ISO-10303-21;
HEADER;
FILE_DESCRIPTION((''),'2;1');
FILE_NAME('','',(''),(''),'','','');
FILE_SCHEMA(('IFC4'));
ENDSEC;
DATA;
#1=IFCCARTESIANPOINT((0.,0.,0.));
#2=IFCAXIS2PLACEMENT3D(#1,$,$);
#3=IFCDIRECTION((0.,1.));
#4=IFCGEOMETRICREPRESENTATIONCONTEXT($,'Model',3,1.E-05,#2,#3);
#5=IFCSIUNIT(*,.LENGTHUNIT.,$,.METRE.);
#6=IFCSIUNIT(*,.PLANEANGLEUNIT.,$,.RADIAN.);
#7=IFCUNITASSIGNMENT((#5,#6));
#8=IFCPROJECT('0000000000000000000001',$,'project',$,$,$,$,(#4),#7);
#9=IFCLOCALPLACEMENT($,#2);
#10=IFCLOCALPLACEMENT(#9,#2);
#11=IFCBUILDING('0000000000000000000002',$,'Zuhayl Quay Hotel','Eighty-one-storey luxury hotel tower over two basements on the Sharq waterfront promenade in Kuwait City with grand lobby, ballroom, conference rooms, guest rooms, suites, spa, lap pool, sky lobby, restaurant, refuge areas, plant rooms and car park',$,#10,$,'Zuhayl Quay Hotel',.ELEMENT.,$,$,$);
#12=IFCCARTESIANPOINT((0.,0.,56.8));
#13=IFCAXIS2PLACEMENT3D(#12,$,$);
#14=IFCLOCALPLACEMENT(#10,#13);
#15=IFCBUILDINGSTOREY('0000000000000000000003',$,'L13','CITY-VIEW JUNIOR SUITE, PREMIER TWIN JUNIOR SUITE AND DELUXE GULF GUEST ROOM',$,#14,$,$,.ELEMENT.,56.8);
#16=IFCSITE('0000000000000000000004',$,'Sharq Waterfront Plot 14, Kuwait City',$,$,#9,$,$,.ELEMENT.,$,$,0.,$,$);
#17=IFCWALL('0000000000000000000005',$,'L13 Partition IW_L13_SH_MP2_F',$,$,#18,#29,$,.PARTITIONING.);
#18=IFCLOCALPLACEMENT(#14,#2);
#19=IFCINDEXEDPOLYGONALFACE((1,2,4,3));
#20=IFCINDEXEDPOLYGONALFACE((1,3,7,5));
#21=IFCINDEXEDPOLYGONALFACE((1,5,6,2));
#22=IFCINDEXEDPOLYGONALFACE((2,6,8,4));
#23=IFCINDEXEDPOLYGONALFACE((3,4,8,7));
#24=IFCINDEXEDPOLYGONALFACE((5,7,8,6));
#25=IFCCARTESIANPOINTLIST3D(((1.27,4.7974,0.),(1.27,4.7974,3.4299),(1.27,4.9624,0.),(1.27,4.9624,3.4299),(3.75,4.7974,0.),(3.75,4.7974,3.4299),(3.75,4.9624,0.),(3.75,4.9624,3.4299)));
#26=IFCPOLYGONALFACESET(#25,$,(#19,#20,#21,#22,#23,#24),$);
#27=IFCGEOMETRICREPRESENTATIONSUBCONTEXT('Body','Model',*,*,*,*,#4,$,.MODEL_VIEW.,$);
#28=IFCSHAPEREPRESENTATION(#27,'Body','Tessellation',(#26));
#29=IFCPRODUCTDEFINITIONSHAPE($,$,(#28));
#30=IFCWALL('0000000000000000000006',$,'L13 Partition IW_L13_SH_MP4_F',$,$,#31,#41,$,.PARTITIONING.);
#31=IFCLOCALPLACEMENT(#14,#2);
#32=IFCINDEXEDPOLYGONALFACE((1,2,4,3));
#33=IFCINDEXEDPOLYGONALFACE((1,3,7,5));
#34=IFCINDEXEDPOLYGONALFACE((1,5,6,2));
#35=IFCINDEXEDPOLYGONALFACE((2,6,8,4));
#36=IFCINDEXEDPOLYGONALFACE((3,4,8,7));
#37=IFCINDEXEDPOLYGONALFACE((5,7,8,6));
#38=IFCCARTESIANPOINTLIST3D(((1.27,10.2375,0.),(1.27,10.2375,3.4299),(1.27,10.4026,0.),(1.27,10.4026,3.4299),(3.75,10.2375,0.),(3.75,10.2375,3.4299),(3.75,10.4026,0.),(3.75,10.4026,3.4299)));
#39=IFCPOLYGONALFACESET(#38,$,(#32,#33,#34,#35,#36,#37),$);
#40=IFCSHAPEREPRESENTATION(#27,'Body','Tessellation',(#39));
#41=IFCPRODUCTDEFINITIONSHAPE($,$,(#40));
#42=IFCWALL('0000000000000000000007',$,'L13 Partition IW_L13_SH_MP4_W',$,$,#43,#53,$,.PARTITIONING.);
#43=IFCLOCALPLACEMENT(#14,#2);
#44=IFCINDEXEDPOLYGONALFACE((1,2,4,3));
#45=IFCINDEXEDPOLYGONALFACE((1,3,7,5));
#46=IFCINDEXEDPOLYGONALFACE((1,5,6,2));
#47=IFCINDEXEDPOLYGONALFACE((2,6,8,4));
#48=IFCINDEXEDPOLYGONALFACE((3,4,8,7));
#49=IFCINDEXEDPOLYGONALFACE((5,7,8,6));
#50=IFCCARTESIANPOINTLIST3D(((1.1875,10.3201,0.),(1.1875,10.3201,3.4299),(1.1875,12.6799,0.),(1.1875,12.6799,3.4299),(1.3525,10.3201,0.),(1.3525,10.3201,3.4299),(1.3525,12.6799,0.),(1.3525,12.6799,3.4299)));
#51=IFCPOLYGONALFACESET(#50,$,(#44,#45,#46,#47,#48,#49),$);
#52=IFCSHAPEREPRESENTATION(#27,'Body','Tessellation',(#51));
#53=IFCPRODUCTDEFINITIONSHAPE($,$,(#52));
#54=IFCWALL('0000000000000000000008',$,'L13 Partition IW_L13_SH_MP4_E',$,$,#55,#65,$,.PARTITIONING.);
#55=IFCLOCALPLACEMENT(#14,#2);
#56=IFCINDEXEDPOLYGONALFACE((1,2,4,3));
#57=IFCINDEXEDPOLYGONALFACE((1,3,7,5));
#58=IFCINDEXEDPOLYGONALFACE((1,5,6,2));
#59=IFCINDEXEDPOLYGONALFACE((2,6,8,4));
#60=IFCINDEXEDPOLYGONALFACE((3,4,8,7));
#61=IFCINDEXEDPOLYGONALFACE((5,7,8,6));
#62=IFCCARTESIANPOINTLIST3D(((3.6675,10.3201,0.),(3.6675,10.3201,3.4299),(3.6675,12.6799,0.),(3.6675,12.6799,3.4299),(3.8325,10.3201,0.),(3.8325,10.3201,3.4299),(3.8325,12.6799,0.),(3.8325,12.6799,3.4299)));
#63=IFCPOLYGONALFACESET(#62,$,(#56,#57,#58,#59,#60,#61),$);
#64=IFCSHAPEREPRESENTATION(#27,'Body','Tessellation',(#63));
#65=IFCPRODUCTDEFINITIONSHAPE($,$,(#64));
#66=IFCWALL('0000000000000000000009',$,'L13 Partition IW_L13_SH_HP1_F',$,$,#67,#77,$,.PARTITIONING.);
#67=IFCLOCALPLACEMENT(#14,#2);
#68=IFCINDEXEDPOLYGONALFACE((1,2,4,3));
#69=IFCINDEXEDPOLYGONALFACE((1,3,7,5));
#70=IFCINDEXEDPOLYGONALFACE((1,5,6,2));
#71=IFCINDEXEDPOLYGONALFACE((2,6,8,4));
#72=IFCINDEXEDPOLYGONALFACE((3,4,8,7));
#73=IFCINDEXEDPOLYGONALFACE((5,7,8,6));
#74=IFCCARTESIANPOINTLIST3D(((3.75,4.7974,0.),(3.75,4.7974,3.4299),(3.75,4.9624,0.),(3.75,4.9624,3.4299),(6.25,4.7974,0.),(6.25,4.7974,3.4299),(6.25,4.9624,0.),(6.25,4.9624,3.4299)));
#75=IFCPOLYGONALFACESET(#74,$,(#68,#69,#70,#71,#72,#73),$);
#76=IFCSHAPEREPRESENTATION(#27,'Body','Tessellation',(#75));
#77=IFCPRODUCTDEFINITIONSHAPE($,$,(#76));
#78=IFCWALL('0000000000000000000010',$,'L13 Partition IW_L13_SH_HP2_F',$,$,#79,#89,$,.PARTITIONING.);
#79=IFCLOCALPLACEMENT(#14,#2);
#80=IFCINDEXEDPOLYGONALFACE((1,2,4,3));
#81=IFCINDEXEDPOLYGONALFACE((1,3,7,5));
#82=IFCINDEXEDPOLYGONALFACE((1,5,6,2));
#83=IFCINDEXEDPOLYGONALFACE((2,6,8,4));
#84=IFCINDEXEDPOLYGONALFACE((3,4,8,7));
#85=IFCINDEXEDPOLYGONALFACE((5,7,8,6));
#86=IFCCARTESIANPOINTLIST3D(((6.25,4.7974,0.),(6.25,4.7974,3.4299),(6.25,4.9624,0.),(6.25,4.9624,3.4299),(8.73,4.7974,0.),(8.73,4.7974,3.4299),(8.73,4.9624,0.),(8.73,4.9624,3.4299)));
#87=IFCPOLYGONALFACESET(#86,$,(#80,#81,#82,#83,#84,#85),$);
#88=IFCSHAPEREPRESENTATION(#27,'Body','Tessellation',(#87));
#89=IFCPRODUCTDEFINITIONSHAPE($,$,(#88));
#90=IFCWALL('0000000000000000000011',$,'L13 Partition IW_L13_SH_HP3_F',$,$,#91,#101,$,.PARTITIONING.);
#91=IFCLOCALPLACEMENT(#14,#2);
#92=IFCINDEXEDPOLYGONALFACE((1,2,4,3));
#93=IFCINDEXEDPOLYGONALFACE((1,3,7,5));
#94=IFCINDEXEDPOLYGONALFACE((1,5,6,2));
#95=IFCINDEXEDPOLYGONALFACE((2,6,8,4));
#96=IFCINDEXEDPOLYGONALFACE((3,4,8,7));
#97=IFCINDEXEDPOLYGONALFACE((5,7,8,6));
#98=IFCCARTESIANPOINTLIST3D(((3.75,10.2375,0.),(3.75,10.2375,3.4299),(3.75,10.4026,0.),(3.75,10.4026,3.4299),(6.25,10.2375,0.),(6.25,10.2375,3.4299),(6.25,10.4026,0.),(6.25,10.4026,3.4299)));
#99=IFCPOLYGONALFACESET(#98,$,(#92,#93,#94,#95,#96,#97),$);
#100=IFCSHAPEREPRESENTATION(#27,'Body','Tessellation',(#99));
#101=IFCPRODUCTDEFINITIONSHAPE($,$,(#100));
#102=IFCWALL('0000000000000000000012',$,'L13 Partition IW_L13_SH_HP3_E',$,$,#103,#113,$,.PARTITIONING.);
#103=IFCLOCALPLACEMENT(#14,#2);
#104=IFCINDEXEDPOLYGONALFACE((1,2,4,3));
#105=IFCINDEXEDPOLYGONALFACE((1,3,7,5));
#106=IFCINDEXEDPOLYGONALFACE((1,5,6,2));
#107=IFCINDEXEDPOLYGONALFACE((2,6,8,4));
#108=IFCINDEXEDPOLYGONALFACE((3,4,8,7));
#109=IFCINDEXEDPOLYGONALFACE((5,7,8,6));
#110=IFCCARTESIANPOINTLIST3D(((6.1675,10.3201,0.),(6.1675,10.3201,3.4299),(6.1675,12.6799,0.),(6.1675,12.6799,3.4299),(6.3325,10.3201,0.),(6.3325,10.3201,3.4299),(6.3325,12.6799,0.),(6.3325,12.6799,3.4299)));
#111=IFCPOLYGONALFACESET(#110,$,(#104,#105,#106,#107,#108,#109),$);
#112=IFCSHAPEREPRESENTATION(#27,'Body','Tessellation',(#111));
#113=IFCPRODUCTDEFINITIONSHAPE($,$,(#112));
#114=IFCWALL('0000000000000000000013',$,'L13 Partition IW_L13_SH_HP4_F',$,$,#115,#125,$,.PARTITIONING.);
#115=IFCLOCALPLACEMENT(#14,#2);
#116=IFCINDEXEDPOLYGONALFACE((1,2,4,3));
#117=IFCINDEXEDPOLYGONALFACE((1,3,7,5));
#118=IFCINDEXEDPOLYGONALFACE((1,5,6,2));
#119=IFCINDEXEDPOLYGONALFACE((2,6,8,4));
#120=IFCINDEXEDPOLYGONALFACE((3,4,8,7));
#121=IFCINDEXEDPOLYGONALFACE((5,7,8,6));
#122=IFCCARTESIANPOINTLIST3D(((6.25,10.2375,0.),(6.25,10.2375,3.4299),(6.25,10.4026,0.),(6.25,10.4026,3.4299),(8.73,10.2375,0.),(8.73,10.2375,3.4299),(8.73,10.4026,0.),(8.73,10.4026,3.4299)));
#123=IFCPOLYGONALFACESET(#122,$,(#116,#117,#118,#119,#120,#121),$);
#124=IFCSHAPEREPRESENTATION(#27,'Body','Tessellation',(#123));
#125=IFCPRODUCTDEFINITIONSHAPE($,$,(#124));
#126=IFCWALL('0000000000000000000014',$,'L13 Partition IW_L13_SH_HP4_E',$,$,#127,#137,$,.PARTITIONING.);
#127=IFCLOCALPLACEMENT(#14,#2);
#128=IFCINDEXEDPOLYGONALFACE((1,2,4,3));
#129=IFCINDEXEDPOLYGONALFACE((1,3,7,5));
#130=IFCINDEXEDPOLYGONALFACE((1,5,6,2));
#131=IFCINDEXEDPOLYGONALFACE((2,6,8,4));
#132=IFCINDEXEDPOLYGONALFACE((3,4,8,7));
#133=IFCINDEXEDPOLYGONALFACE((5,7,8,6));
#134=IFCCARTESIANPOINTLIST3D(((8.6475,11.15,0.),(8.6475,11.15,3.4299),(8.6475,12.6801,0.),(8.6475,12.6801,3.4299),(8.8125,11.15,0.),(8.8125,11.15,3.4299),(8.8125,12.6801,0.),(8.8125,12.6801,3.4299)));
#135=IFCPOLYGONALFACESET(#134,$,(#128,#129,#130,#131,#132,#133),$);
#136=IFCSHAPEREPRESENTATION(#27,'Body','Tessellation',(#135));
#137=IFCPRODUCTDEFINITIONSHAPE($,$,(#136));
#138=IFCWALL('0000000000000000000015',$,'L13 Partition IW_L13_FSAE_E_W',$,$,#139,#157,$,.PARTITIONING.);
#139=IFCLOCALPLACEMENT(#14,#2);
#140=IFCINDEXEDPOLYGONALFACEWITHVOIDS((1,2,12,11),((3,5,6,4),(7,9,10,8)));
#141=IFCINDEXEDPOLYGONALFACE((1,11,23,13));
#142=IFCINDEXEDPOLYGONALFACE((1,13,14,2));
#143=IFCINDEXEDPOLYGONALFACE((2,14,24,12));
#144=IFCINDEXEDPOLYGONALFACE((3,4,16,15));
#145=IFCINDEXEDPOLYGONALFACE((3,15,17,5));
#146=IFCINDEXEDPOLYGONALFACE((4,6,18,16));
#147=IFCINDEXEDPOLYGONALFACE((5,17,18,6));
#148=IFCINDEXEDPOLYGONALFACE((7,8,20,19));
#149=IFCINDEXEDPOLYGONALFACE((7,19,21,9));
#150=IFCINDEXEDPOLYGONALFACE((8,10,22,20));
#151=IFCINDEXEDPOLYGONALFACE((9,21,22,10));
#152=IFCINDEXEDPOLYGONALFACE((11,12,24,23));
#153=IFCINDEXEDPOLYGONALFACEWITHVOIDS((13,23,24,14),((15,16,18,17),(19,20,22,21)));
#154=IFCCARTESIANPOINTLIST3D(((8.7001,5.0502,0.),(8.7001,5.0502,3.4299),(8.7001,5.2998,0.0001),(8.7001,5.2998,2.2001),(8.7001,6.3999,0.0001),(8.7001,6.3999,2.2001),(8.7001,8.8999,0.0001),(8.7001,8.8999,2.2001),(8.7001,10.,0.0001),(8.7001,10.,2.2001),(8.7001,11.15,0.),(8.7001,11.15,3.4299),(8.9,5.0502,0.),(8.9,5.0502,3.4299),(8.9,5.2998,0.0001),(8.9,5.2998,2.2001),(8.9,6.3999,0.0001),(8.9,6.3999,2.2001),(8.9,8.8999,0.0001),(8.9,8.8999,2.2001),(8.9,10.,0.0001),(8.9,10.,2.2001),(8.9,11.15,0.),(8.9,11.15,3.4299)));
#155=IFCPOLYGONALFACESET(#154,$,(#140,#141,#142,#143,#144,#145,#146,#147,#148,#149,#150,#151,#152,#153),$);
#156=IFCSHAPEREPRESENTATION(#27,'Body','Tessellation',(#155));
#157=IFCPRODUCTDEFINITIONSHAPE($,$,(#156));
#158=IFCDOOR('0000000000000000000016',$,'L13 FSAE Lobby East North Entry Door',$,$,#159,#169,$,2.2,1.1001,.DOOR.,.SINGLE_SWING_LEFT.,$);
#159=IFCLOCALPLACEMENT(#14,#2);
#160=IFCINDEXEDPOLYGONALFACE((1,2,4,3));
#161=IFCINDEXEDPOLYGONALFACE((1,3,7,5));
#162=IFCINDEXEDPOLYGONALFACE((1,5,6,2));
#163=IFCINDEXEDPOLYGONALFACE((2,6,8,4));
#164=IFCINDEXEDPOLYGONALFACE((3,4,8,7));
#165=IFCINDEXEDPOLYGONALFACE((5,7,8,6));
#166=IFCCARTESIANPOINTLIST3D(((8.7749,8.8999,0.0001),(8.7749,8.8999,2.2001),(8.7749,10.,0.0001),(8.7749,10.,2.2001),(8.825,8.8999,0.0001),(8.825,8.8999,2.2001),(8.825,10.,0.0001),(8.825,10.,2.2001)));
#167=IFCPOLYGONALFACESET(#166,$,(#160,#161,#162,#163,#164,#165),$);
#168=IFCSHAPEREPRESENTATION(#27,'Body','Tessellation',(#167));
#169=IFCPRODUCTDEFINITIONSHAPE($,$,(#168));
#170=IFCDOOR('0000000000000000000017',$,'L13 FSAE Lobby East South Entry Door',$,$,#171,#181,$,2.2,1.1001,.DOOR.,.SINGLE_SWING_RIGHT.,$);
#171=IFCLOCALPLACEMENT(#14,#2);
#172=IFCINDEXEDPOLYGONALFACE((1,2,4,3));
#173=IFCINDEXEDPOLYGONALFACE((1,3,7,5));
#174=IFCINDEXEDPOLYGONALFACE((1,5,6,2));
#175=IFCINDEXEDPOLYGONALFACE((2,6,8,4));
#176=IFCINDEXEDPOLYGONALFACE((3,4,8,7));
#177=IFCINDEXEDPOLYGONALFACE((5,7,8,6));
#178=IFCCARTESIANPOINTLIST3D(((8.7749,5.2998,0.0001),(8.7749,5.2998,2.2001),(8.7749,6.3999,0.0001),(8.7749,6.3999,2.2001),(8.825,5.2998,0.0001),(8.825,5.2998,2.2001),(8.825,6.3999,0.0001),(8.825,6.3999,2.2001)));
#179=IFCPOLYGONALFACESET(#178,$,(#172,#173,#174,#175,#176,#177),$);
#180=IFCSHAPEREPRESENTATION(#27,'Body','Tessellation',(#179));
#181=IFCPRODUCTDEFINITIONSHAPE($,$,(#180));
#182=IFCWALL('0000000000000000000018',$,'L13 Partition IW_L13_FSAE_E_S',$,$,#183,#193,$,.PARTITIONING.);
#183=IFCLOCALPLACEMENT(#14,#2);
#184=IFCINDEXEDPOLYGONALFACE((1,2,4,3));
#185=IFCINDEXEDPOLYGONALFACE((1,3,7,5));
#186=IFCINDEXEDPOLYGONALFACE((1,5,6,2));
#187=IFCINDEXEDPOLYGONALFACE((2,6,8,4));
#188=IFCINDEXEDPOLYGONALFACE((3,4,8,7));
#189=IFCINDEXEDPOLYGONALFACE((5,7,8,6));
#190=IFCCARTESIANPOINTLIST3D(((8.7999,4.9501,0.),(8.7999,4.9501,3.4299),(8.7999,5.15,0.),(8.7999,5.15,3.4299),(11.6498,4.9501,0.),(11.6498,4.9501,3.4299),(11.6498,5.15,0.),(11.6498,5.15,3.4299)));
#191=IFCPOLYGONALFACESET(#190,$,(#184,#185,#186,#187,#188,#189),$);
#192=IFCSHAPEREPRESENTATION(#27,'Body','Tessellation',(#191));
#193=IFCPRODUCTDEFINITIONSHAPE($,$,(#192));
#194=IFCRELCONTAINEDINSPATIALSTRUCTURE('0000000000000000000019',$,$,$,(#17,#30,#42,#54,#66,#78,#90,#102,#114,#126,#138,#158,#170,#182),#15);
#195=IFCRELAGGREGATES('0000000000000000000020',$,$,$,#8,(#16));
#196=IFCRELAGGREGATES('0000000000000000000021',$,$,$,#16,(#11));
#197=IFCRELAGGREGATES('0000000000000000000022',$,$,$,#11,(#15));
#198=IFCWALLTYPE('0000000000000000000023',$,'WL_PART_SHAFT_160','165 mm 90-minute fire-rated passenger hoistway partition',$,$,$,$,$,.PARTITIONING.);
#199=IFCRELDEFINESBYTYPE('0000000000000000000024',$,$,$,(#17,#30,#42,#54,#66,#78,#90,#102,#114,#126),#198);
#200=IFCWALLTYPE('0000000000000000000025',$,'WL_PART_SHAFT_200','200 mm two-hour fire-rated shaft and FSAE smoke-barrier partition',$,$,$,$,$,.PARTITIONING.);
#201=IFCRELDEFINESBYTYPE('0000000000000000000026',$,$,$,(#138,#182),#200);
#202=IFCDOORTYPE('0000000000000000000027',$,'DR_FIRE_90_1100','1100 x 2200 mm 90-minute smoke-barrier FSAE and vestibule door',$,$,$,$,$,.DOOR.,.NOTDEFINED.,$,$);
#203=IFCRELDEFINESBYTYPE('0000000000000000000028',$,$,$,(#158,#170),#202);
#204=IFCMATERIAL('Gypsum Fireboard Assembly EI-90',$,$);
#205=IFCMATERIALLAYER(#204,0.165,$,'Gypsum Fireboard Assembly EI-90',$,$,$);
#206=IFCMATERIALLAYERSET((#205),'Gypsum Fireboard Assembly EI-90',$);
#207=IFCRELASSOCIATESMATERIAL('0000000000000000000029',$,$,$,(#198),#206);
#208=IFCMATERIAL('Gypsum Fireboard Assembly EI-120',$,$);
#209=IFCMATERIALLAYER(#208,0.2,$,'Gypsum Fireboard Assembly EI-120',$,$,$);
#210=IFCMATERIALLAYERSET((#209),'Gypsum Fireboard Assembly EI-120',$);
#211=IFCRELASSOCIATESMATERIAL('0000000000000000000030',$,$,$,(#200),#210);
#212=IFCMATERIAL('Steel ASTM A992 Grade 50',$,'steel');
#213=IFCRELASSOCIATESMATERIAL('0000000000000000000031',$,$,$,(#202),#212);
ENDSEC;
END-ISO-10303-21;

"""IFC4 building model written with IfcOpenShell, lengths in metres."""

from ifc_helpers import new_model, si_unit, direction, frame, frame_2d, origin, place, context, subcontext, project, spatial, rectangle, extrude, material, layer, layer_set, type_object, element, fill, save


model = new_model("IFC4")

# Units and contexts
model_context = context("Model", 3, precision=1e-05, world=origin(), true_north=direction((0.0, 1.0)))
body_context = subcontext(model_context, "Body", "Model", "MODEL_VIEW")
ifc_project = project(units=[si_unit("LENGTHUNIT", "METRE"), si_unit("PLANEANGLEUNIT", "RADIAN")], contexts=[model_context])

# Site, building, storey
site_placement = place(None, origin())
site = spatial("IfcSite", under=ifc_project, at=site_placement, Name="Sharq Waterfront Plot 14, Kuwait City", CompositionType="ELEMENT", RefElevation=0.0)
building_placement = place(site_placement, origin())
building = spatial("IfcBuilding", under=site, at=building_placement, Name="Zuhayl Quay Hotel", Description="Eighty-one-storey luxury hotel tower over two basements on the Sharq waterfront promenade in Kuwait City with grand lobby, ballroom, conference rooms, guest rooms, suites, spa, lap pool, sky lobby, restaurant, refuge areas, plant rooms and car park", LongName="Zuhayl Quay Hotel", CompositionType="ELEMENT")
storey_placement = place(building_placement, frame((0.0, 0.0, 56.8)))
storey = spatial("IfcBuildingStorey", under=building, at=storey_placement, Name="L13", Description="CITY-VIEW JUNIOR SUITE, PREMIER TWIN JUNIOR SUITE AND DELUXE GULF GUEST ROOM", CompositionType="ELEMENT", Elevation=56.8)

# Shared definitions
ifc_material_1 = material(Name="Steel ASTM A992 Grade 50", Category="steel")

# Shared definitions
ifc_material_2 = material(Name="Gypsum Fireboard Assembly EI-90")
ifc_layer_1 = layer(ifc_material_2, 0.165, Name="Gypsum Fireboard Assembly EI-90")
ifc_layer_set_1 = layer_set([ifc_layer_1], Name="Gypsum Fireboard Assembly EI-90")
wall_type_1 = type_object("IfcWallType", Name="WL_PART_SHAFT_160", Description="165 mm 90-minute fire-rated passenger hoistway partition", PredefinedType="PARTITIONING", material=ifc_layer_set_1)

# Walls
for number, where, z_axis, x_axis, name in (
    (1, (1.27, 4.8799, 0.0), (0.0, 0.0, 1.0), (1.0, 0.0, 0.0), "L13 Partition IW_L13_SH_MP2_F"),
    (2, (1.27, 10.3201, 0.0), (0.0, 0.0, 1.0), (1.0, 0.0, 0.0), "L13 Partition IW_L13_SH_MP4_F"),
):
    element("IfcWall", number, at=place(storey_placement, frame(where, z_axis=z_axis, x_axis=x_axis)), inside=storey, type_object=wall_type_1, Name=name, PredefinedType="PARTITIONING", context=body_context, shape_type="SweptSolid", body=[
        extrude(rectangle(XDim=2.48, YDim=0.165, at=frame_2d((1.24, 0.0))), origin(), (0.0, 0.0, 1.0), 3.4299),
    ])
for number, where, z_axis, x_axis, name in (
    (3, (1.27, 10.3201, 0.0), (0.0, 0.0, 1.0), (0.0, 1.0, 0.0), "L13 Partition IW_L13_SH_MP4_W"),
    (4, (3.75, 10.3201, 0.0), (0.0, 0.0, 1.0), (0.0, 1.0, 0.0), "L13 Partition IW_L13_SH_MP4_E"),
):
    element("IfcWall", number, at=place(storey_placement, frame(where, z_axis=z_axis, x_axis=x_axis)), inside=storey, type_object=wall_type_1, Name=name, PredefinedType="PARTITIONING", context=body_context, shape_type="SweptSolid", body=[
        extrude(rectangle(XDim=2.3599, YDim=0.165, at=frame_2d((1.1799, 0.0))), origin(), (0.0, 0.0, 1.0), 3.4299),
    ])
wall_1_placement = place(storey_placement, frame((3.75, 4.8799, 0.0), z_axis=(0.0, 0.0, 1.0), x_axis=(1.0, 0.0, 0.0)))
element("IfcWall", 5, at=wall_1_placement, inside=storey, type_object=wall_type_1, Name="L13 Partition IW_L13_SH_HP1_F", PredefinedType="PARTITIONING", context=body_context, shape_type="SweptSolid", body=[
    extrude(rectangle(XDim=2.5, YDim=0.165, at=frame_2d((1.25, 0.0))), origin(), (0.0, 0.0, 1.0), 3.4299),
])
wall_2_placement = place(storey_placement, frame((6.25, 4.8799, 0.0), z_axis=(0.0, 0.0, 1.0), x_axis=(1.0, 0.0, 0.0)))
element("IfcWall", 6, at=wall_2_placement, inside=storey, type_object=wall_type_1, Name="L13 Partition IW_L13_SH_HP2_F", PredefinedType="PARTITIONING", context=body_context, shape_type="SweptSolid", body=[
    extrude(rectangle(XDim=2.48, YDim=0.165, at=frame_2d((1.24, 0.0))), origin(), (0.0, 0.0, 1.0), 3.4299),
])
wall_3_placement = place(storey_placement, frame((3.75, 10.3201, 0.0), z_axis=(0.0, 0.0, 1.0), x_axis=(1.0, 0.0, 0.0)))
element("IfcWall", 7, at=wall_3_placement, inside=storey, type_object=wall_type_1, Name="L13 Partition IW_L13_SH_HP3_F", PredefinedType="PARTITIONING", context=body_context, shape_type="SweptSolid", body=[
    extrude(rectangle(XDim=2.5, YDim=0.165, at=frame_2d((1.25, 0.0))), origin(), (0.0, 0.0, 1.0), 3.4299),
])
wall_4_placement = place(storey_placement, frame((6.25, 10.3201, 0.0), z_axis=(0.0, 0.0, 1.0), x_axis=(0.0, 1.0, 0.0)))
element("IfcWall", 8, at=wall_4_placement, inside=storey, type_object=wall_type_1, Name="L13 Partition IW_L13_SH_HP3_E", PredefinedType="PARTITIONING", context=body_context, shape_type="SweptSolid", body=[
    extrude(rectangle(XDim=2.3599, YDim=0.165, at=frame_2d((1.1799, 0.0))), origin(), (0.0, 0.0, 1.0), 3.4299),
])
wall_5_placement = place(storey_placement, frame((6.25, 10.3201, 0.0), z_axis=(0.0, 0.0, 1.0), x_axis=(1.0, 0.0, 0.0)))
element("IfcWall", 9, at=wall_5_placement, inside=storey, type_object=wall_type_1, Name="L13 Partition IW_L13_SH_HP4_F", PredefinedType="PARTITIONING", context=body_context, shape_type="SweptSolid", body=[
    extrude(rectangle(XDim=2.48, YDim=0.165, at=frame_2d((1.24, 0.0))), origin(), (0.0, 0.0, 1.0), 3.4299),
])
wall_6_placement = place(storey_placement, frame((8.73, 11.1499, 0.0), z_axis=(0.0, 0.0, 1.0), x_axis=(0.0, 1.0, 0.0)))
element("IfcWall", 10, at=wall_6_placement, inside=storey, type_object=wall_type_1, Name="L13 Partition IW_L13_SH_HP4_E", PredefinedType="PARTITIONING", context=body_context, shape_type="SweptSolid", body=[
    extrude(rectangle(XDim=1.53, YDim=0.165, at=frame_2d((0.7651, 0.0))), origin(), (0.0, 0.0, 1.0), 3.4299),
])

# Wall, openings, doors
ifc_material_3 = material(Name="Gypsum Fireboard Assembly EI-120")
ifc_layer_2 = layer(ifc_material_3, 0.2, Name="Gypsum Fireboard Assembly EI-120")
ifc_layer_set_2 = layer_set([ifc_layer_2], Name="Gypsum Fireboard Assembly EI-120")
wall_type_2 = type_object("IfcWallType", Name="WL_PART_SHAFT_200", Description="200 mm two-hour fire-rated shaft and FSAE smoke-barrier partition", PredefinedType="PARTITIONING", material=ifc_layer_set_2)
wall_7_placement = place(storey_placement, frame((8.8, 11.1499, 0.0), z_axis=(0.0, 0.0, 1.0), x_axis=(0.0, -1.0, 0.0)))
wall_7 = element("IfcWall", 11, at=wall_7_placement, inside=storey, type_object=wall_type_2, Name="L13 Partition IW_L13_FSAE_E_W", PredefinedType="PARTITIONING", context=body_context, shape_type="SweptSolid", body=[
    extrude(rectangle(XDim=6.0999, YDim=0.2, at=frame_2d((3.0498, 0.0))), origin(), (0.0, 0.0, 1.0), 3.4299),
])
opening_1_placement = place(wall_7_placement, frame((1.1499, 0.0, 0.0)))
opening_1 = element("IfcOpeningElement", 12, at=opening_1_placement, cuts=wall_7, PredefinedType="OPENING", context=body_context, shape_type="SweptSolid", body=[
    extrude(rectangle(XDim=1.1001, YDim=2.2, at=frame_2d((0.55, 1.1001))), frame((0.0, 0.1099, 0.0), z_axis=(0.0, -1.0, 0.0), x_axis=(1.0, 0.0, 0.0)), (0.0, 0.0, 1.0), 0.22),
])
opening_2_placement = place(wall_7_placement, frame((4.75, 0.0, 0.0)))
opening_2 = element("IfcOpeningElement", 13, at=opening_2_placement, cuts=wall_7, PredefinedType="OPENING", context=body_context, shape_type="SweptSolid", body=[
    extrude(rectangle(XDim=1.1001, YDim=2.2, at=frame_2d((0.55, 1.1001))), frame((0.0, 0.1099, 0.0), z_axis=(0.0, -1.0, 0.0), x_axis=(1.0, 0.0, 0.0)), (0.0, 0.0, 1.0), 0.22),
])
door_type_1 = type_object("IfcDoorType", Name="DR_FIRE_90_1100", Description="1100 x 2200 mm 90-minute smoke-barrier FSAE and vestibule door", OperationType="NOTDEFINED", PredefinedType="DOOR", material=ifc_material_1)
door_1_placement = place(opening_1_placement, origin())
door_1 = element("IfcDoor", 14, at=door_1_placement, inside=storey, type_object=door_type_1, Name="L13 FSAE Lobby East North Entry Door", OperationType="SINGLE_SWING_LEFT", OverallHeight=2.2, OverallWidth=1.1001, PredefinedType="DOOR", context=body_context, shape_type="SweptSolid", body=[
    extrude(rectangle(XDim=1.1001, YDim=2.2, at=frame_2d((0.55, 1.1001))), frame((0.0, 0.0249, 0.0), z_axis=(0.0, -1.0, 0.0), x_axis=(1.0, 0.0, 0.0)), (0.0, 0.0, 1.0), 0.05),
])
fill(opening_1, door_1)
door_2_placement = place(opening_2_placement, origin())
door_2 = element("IfcDoor", 15, at=door_2_placement, inside=storey, type_object=door_type_1, Name="L13 FSAE Lobby East South Entry Door", OperationType="SINGLE_SWING_RIGHT", OverallHeight=2.2, OverallWidth=1.1001, PredefinedType="DOOR", context=body_context, shape_type="SweptSolid", body=[
    extrude(rectangle(XDim=1.1001, YDim=2.2, at=frame_2d((0.55, 1.1001))), frame((0.0, 0.0249, 0.0), z_axis=(0.0, -1.0, 0.0), x_axis=(1.0, 0.0, 0.0)), (0.0, 0.0, 1.0), 0.05),
])
fill(opening_2, door_2)

# Wall
wall_8_placement = place(storey_placement, frame((8.8, 5.05, 0.0), z_axis=(0.0, 0.0, 1.0), x_axis=(1.0, 0.0, 0.0)))
element("IfcWall", 16, at=wall_8_placement, inside=storey, type_object=wall_type_2, Name="L13 Partition IW_L13_FSAE_E_S", PredefinedType="PARTITIONING", context=body_context, shape_type="SweptSolid", body=[
    extrude(rectangle(XDim=2.8499, YDim=0.2, at=frame_2d((1.4248, 0.0))), origin(), (0.0, 0.0, 1.0), 3.4299),
])

save(model, "model.ifc")
